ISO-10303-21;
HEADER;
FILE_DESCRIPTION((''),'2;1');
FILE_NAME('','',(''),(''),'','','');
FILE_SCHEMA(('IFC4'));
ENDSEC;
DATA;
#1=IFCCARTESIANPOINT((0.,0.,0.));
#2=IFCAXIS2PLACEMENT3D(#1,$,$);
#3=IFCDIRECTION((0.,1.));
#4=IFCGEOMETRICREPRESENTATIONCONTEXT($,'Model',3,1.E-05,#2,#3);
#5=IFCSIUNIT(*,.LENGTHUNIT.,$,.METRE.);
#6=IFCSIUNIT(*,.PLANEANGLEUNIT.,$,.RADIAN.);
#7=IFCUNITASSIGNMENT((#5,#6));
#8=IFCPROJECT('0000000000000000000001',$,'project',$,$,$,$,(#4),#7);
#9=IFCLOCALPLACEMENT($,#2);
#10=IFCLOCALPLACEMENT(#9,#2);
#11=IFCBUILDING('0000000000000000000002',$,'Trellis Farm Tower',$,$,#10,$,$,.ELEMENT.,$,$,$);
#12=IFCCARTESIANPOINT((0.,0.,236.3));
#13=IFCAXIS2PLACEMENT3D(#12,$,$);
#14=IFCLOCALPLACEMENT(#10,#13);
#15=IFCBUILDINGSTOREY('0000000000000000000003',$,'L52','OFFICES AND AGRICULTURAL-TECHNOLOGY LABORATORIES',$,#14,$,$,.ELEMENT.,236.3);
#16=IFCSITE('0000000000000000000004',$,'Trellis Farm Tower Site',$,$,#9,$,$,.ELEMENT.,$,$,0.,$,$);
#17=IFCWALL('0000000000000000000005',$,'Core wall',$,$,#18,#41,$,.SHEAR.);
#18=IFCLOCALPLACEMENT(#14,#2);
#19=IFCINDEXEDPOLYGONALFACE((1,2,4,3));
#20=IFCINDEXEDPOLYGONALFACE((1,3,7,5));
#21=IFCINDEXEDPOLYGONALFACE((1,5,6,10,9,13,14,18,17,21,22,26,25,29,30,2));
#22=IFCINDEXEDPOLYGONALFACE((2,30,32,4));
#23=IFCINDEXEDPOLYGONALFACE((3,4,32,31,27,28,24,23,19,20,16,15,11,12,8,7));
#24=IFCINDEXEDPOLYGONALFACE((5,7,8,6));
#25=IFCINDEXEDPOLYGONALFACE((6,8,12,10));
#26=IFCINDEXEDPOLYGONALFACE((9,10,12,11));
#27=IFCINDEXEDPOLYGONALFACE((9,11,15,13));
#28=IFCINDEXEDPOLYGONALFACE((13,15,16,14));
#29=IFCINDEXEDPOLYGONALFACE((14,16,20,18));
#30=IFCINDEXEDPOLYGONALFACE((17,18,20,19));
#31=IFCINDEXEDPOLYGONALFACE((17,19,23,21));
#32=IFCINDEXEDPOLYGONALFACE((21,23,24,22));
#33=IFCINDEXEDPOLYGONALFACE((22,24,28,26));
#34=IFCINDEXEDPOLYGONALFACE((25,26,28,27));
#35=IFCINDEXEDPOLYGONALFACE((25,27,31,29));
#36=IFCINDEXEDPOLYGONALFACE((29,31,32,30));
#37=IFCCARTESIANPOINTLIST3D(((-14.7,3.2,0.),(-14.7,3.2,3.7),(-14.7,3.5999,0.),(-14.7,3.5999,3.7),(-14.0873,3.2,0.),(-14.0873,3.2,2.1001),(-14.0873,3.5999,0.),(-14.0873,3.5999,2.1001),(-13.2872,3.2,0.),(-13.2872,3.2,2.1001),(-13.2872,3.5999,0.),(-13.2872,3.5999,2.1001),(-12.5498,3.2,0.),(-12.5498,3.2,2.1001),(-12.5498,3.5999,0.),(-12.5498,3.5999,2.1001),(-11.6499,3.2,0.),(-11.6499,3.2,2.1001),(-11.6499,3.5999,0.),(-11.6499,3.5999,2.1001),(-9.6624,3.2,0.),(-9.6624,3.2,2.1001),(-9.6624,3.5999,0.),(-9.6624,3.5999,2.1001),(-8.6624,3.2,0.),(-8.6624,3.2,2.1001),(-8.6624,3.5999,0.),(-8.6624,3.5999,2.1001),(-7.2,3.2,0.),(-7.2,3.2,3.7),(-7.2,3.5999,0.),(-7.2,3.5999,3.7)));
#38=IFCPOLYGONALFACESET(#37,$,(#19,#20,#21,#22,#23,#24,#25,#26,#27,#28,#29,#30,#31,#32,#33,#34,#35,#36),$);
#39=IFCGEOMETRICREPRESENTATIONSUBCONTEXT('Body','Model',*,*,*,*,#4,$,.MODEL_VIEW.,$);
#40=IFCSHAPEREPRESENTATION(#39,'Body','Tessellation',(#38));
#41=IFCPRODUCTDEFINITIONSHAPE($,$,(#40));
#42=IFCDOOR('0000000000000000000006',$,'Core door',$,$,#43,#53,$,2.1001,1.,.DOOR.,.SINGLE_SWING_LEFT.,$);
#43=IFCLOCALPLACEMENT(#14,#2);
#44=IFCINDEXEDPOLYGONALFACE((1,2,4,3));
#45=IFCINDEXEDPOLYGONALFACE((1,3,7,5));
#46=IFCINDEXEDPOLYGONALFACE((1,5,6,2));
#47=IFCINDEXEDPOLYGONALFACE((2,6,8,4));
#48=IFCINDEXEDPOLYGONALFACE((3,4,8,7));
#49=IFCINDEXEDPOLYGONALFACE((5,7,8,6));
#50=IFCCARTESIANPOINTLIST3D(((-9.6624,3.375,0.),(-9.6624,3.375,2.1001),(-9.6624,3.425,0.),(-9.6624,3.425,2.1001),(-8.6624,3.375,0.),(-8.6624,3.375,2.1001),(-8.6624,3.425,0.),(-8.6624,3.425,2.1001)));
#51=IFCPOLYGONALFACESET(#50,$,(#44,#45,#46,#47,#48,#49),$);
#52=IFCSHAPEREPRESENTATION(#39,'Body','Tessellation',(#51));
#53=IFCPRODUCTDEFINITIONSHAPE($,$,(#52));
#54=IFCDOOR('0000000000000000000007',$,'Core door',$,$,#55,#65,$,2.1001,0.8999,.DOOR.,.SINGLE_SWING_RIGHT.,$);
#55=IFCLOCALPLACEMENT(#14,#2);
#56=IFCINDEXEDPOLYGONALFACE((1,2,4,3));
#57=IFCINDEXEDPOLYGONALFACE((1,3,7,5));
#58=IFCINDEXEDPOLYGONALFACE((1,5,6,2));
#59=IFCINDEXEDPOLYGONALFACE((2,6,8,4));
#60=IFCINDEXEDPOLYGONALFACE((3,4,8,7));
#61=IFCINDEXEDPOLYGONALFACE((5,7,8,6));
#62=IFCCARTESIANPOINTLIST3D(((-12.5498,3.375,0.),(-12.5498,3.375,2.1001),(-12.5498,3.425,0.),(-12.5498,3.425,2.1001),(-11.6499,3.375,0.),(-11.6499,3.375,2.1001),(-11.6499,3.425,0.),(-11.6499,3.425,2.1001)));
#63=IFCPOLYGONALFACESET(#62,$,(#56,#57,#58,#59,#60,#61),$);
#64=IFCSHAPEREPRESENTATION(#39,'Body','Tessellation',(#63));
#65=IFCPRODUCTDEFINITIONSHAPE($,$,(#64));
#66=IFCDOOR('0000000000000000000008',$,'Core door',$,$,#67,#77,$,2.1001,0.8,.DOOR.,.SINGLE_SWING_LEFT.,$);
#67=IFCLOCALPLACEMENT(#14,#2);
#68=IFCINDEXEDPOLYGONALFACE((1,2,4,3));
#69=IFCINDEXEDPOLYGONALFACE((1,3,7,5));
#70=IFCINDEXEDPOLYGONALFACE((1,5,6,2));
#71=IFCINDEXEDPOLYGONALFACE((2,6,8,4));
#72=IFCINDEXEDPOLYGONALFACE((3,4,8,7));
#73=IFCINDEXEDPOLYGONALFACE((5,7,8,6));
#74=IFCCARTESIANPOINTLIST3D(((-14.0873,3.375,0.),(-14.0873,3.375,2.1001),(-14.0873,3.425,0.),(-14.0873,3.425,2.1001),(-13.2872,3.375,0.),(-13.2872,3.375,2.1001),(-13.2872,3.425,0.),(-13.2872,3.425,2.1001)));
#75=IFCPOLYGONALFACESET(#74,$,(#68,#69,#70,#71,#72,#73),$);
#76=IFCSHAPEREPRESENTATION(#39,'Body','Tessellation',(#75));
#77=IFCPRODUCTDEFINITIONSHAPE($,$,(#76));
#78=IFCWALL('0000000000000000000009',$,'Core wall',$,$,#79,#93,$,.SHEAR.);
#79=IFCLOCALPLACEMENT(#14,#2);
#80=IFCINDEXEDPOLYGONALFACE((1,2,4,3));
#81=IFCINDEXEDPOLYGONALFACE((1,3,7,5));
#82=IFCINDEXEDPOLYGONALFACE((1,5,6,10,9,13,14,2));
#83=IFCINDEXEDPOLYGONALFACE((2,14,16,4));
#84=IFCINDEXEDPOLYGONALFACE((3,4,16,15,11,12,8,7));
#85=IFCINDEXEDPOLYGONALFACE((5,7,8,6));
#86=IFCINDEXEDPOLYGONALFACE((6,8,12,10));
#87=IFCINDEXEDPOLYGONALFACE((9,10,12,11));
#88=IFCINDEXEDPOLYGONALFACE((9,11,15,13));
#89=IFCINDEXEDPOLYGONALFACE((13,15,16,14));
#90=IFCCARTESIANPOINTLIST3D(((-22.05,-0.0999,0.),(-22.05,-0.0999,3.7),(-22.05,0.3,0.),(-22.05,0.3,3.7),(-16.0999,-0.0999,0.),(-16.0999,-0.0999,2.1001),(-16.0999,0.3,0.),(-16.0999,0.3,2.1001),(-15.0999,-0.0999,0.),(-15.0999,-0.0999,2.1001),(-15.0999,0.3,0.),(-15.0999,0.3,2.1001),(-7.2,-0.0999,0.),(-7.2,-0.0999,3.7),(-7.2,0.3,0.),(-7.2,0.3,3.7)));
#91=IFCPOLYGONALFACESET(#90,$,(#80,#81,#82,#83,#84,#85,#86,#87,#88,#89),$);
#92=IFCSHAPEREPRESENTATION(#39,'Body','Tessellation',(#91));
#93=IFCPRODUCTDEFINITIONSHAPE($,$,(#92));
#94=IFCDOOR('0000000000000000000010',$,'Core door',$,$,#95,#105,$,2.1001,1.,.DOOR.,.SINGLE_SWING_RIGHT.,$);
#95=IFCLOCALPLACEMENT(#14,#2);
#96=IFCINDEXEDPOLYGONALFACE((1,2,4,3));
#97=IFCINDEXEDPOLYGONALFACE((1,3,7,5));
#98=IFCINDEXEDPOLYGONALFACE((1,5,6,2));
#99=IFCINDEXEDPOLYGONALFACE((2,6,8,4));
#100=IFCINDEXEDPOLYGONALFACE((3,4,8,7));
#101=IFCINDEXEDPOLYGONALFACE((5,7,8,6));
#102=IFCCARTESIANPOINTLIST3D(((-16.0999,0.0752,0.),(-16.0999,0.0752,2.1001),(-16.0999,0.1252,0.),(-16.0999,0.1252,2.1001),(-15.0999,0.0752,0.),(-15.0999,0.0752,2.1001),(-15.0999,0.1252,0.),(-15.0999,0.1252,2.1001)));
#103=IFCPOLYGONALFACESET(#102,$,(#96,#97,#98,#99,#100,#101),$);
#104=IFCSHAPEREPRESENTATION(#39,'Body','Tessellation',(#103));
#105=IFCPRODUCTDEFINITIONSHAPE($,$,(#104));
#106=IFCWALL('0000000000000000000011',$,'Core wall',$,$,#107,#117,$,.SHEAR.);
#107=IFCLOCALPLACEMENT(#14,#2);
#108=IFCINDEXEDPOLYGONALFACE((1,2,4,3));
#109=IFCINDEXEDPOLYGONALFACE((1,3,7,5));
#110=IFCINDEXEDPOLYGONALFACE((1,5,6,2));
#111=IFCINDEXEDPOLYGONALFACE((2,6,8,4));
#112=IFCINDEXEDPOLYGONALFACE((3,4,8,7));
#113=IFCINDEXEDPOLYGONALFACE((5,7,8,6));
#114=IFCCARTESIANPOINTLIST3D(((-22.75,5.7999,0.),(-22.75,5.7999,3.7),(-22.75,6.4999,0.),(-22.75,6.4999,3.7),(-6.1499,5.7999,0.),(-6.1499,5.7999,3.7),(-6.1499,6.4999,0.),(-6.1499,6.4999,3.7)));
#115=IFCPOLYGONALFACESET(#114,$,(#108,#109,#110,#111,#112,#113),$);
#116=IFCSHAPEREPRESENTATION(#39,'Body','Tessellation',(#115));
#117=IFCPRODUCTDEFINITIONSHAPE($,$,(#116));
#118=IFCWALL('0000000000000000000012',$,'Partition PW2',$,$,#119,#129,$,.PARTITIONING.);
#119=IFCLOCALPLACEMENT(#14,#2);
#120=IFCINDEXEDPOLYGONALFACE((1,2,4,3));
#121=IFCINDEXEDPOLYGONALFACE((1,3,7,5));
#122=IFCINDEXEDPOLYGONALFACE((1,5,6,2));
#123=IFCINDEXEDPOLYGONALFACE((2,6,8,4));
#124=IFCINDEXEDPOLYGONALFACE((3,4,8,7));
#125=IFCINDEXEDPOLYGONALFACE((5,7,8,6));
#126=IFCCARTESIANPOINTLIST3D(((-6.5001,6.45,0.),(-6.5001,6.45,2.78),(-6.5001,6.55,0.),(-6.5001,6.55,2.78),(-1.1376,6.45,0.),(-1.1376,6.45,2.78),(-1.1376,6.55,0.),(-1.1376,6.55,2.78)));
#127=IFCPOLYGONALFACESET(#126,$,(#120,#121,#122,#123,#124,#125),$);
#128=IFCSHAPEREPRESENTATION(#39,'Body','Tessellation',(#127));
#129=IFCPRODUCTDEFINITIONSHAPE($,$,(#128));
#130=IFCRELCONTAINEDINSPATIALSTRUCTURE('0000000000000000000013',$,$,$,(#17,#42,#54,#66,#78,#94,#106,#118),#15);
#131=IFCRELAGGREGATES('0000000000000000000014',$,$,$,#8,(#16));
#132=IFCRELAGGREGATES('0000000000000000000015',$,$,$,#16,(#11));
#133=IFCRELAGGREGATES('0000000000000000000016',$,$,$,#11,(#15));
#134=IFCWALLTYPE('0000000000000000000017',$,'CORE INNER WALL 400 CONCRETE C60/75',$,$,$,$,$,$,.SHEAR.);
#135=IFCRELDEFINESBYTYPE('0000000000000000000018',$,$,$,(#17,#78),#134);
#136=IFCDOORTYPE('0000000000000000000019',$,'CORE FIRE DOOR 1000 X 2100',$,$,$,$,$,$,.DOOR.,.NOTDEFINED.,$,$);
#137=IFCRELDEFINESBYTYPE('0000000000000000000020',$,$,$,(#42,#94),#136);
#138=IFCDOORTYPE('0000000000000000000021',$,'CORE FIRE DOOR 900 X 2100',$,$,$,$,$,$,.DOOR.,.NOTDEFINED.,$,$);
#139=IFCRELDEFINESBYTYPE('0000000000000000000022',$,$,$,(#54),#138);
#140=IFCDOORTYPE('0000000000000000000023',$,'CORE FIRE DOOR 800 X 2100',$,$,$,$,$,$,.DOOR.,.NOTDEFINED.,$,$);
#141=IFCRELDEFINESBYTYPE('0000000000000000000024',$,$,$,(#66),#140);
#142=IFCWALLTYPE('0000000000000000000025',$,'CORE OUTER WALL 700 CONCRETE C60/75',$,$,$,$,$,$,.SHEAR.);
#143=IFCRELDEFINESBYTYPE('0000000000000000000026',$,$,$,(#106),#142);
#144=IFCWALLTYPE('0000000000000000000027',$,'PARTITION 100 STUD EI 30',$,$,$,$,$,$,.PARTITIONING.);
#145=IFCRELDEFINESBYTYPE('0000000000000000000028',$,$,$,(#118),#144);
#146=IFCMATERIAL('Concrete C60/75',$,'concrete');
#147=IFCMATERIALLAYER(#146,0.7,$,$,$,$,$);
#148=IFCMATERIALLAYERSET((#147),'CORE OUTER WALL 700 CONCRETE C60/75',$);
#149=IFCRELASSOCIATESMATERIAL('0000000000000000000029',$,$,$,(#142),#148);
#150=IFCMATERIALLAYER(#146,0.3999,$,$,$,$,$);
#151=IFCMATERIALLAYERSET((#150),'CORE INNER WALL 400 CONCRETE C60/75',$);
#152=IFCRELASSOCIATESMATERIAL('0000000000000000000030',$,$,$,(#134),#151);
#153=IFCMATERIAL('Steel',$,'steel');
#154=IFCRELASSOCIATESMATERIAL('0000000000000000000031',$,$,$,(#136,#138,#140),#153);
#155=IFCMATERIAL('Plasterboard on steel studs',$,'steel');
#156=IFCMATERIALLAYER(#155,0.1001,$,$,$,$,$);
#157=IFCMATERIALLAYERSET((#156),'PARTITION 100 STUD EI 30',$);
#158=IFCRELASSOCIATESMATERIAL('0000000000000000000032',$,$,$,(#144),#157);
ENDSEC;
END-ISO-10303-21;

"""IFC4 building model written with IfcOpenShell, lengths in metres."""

from ifc_helpers import new_model, si_unit, direction, frame, frame_2d, origin, place, context, subcontext, project, spatial, rectangle, extrude, source, transform, mapped, material, layer, layer_set, type_object, element, fill, save


model = new_model("IFC4")

# Units and contexts
model_context = context("Model", 3, precision=1e-05, world=origin(), true_north=direction((0.0, 1.0)))
body_context = subcontext(model_context, "Body", "Model", "MODEL_VIEW")
ifc_project = project(units=[si_unit("LENGTHUNIT", "METRE"), si_unit("PLANEANGLEUNIT", "RADIAN")], contexts=[model_context])

# Site, building, storey
site_placement = place(None, origin())
site = spatial("IfcSite", under=ifc_project, at=site_placement, Name="Trellis Farm Tower Site", CompositionType="ELEMENT", RefElevation=0.0)
building_placement = place(site_placement, origin())
building = spatial("IfcBuilding", under=site, at=building_placement, Name="Trellis Farm Tower", CompositionType="ELEMENT")
storey_placement = place(building_placement, frame((0.0, 0.0, 236.3)))
storey = spatial("IfcBuildingStorey", under=building, at=storey_placement, Name="L52", Description="OFFICES AND AGRICULTURAL-TECHNOLOGY LABORATORIES", CompositionType="ELEMENT", Elevation=236.3)

# Shared definitions
ifc_material_1 = material(Name="Concrete C60/75", Category="concrete")

# Shared definitions
ifc_layer_1 = layer(ifc_material_1, 0.7)
ifc_layer_set_1 = layer_set([ifc_layer_1], Name="CORE OUTER WALL 700 CONCRETE C60/75")
wall_type_1 = type_object("IfcWallType", Name="CORE OUTER WALL 700 CONCRETE C60/75", PredefinedType="SHEAR", material=ifc_layer_set_1)
ifc_material_2 = material(Name="Steel", Category="steel")

# Wall, openings, doors
ifc_layer_2 = layer(ifc_material_1, 0.3999)
ifc_layer_set_2 = layer_set([ifc_layer_2], Name="CORE INNER WALL 400 CONCRETE C60/75")
wall_type_2 = type_object("IfcWallType", Name="CORE INNER WALL 400 CONCRETE C60/75", PredefinedType="SHEAR", material=ifc_layer_set_2)
shared_shape_1 = source(origin(), body_context, "Body", "SweptSolid", [
    extrude(rectangle(XDim=7.5, YDim=0.3999, at=frame_2d((3.75, 0.0))), origin(), (0.0, 0.0, 1.0), 3.7),
])
wall_1_placement = place(storey_placement, frame((-7.2, 3.3999, 0.0), z_axis=(0.0, 0.0, 1.0), x_axis=(-1.0, 0.0, 0.0)))
wall_1 = element("IfcWall", 1, at=wall_1_placement, inside=storey, type_object=wall_type_2, Name="Core wall", PredefinedType="SHEAR", context=body_context, shape_type="MappedRepresentation", body=[
    mapped(shared_shape_1, transform((0.0, 0.0, 0.0))),
])
shared_shape_2 = source(origin(), body_context, "Body", "SweptSolid", [
    extrude(rectangle(XDim=1.0, YDim=2.1001, at=frame_2d((0.5, 1.05))), frame((0.0, 0.21, 0.0), z_axis=(0.0, -1.0, 0.0), x_axis=(1.0, 0.0, 0.0)), (0.0, 0.0, 1.0), 0.4199),
])
opening_1_placement = place(wall_1_placement, frame((1.4624, 0.0, 0.0)))
opening_1 = element("IfcOpeningElement", 2, at=opening_1_placement, cuts=wall_1, PredefinedType="OPENING", context=body_context, shape_type="MappedRepresentation", body=[
    mapped(shared_shape_2, transform((0.0, 0.0, 0.0))),
])
shared_shape_3 = source(origin(), body_context, "Body", "SweptSolid", [
    extrude(rectangle(XDim=0.8999, YDim=2.1001, at=frame_2d((0.45, 1.05))), frame((0.0, 0.21, 0.0), z_axis=(0.0, -1.0, 0.0), x_axis=(1.0, 0.0, 0.0)), (0.0, 0.0, 1.0), 0.4199),
])
opening_2_placement = place(wall_1_placement, frame((4.45, 0.0, 0.0)))
opening_2 = element("IfcOpeningElement", 3, at=opening_2_placement, cuts=wall_1, PredefinedType="OPENING", context=body_context, shape_type="MappedRepresentation", body=[
    mapped(shared_shape_3, transform((0.0, 0.0, 0.0))),
])
shared_shape_4 = source(origin(), body_context, "Body", "SweptSolid", [
    extrude(rectangle(XDim=0.8, YDim=2.1001, at=frame_2d((0.3999, 1.05))), frame((0.0, 0.21, 0.0), z_axis=(0.0, -1.0, 0.0), x_axis=(1.0, 0.0, 0.0)), (0.0, 0.0, 1.0), 0.4199),
])
opening_3_placement = place(wall_1_placement, frame((6.0874, 0.0, 0.0)))
opening_3 = element("IfcOpeningElement", 4, at=opening_3_placement, cuts=wall_1, PredefinedType="OPENING", context=body_context, shape_type="MappedRepresentation", body=[
    mapped(shared_shape_4, transform((0.0, 0.0, 0.0))),
])
door_type_1 = type_object("IfcDoorType", Name="CORE FIRE DOOR 1000 X 2100", OperationType="NOTDEFINED", PredefinedType="DOOR", material=ifc_material_2)
shared_shape_5 = source(origin(), body_context, "Body", "SweptSolid", [
    extrude(rectangle(XDim=1.0, YDim=2.1001, at=frame_2d((0.5, 1.05))), frame((0.0, 0.0249, 0.0), z_axis=(0.0, -1.0, 0.0), x_axis=(1.0, 0.0, 0.0)), (0.0, 0.0, 1.0), 0.05),
])
door_1_placement = place(opening_1_placement, origin())
door_1 = element("IfcDoor", 5, at=door_1_placement, inside=storey, type_object=door_type_1, Name="Core door", OperationType="SINGLE_SWING_LEFT", OverallHeight=2.1001, OverallWidth=1.0, PredefinedType="DOOR", context=body_context, shape_type="MappedRepresentation", body=[
    mapped(shared_shape_5, transform((0.0, 0.0, 0.0))),
])
fill(opening_1, door_1)
door_type_2 = type_object("IfcDoorType", Name="CORE FIRE DOOR 900 X 2100", OperationType="NOTDEFINED", PredefinedType="DOOR", material=ifc_material_2)
shared_shape_6 = source(origin(), body_context, "Body", "SweptSolid", [
    extrude(rectangle(XDim=0.8999, YDim=2.1001, at=frame_2d((0.45, 1.05))), frame((0.0, 0.0249, 0.0), z_axis=(0.0, -1.0, 0.0), x_axis=(1.0, 0.0, 0.0)), (0.0, 0.0, 1.0), 0.05),
])
door_2_placement = place(opening_2_placement, origin())
door_2 = element("IfcDoor", 6, at=door_2_placement, inside=storey, type_object=door_type_2, Name="Core door", OperationType="SINGLE_SWING_RIGHT", OverallHeight=2.1001, OverallWidth=0.8999, PredefinedType="DOOR", context=body_context, shape_type="MappedRepresentation", body=[
    mapped(shared_shape_6, transform((0.0, 0.0, 0.0))),
])
fill(opening_2, door_2)
door_type_3 = type_object("IfcDoorType", Name="CORE FIRE DOOR 800 X 2100", OperationType="NOTDEFINED", PredefinedType="DOOR", material=ifc_material_2)
shared_shape_7 = source(origin(), body_context, "Body", "SweptSolid", [
    extrude(rectangle(XDim=0.8, YDim=2.1001, at=frame_2d((0.3999, 1.05))), frame((0.0, 0.0249, 0.0), z_axis=(0.0, -1.0, 0.0), x_axis=(1.0, 0.0, 0.0)), (0.0, 0.0, 1.0), 0.05),
])
door_3_placement = place(opening_3_placement, origin())
door_3 = element("IfcDoor", 7, at=door_3_placement, inside=storey, type_object=door_type_3, Name="Core door", OperationType="SINGLE_SWING_LEFT", OverallHeight=2.1001, OverallWidth=0.8, PredefinedType="DOOR", context=body_context, shape_type="MappedRepresentation", body=[
    mapped(shared_shape_7, transform((0.0, 0.0, 0.0))),
])
fill(opening_3, door_3)

# Wall, opening, door
shared_shape_8 = source(origin(), body_context, "Body", "SweptSolid", [
    extrude(rectangle(XDim=14.8501, YDim=0.3999, at=frame_2d((7.425, 0.0))), origin(), (0.0, 0.0, 1.0), 3.7),
])
wall_2_placement = place(storey_placement, frame((-7.2, 0.1001, 0.0), z_axis=(0.0, 0.0, 1.0), x_axis=(-1.0, 0.0, 0.0)))
wall_2 = element("IfcWall", 8, at=wall_2_placement, inside=storey, type_object=wall_type_2, Name="Core wall", PredefinedType="SHEAR", context=body_context, shape_type="MappedRepresentation", body=[
    mapped(shared_shape_8, transform((0.0, 0.0, 0.0))),
])
opening_4_placement = place(wall_2_placement, frame((7.8999, 0.0, 0.0)))
opening_4 = element("IfcOpeningElement", 9, at=opening_4_placement, cuts=wall_2, PredefinedType="OPENING", context=body_context, shape_type="MappedRepresentation", body=[
    mapped(shared_shape_2, transform((0.0, 0.0, 0.0))),
])
door_4_placement = place(opening_4_placement, origin())
door_4 = element("IfcDoor", 10, at=door_4_placement, inside=storey, type_object=door_type_1, Name="Core door", OperationType="SINGLE_SWING_RIGHT", OverallHeight=2.1001, OverallWidth=1.0, PredefinedType="DOOR", context=body_context, shape_type="MappedRepresentation", body=[
    mapped(shared_shape_5, transform((0.0, 0.0, 0.0))),
])
fill(opening_4, door_4)

# Walls
shared_shape_9 = source(origin(), body_context, "Body", "SweptSolid", [
    extrude(rectangle(XDim=16.6001, YDim=0.7, at=frame_2d((8.3, 0.0))), origin(), (0.0, 0.0, 1.0), 3.7),
])
wall_3_placement = place(storey_placement, frame((-6.1499, 6.1499, 0.0), z_axis=(0.0, 0.0, 1.0), x_axis=(-1.0, 0.0, 0.0)))
element("IfcWall", 11, at=wall_3_placement, inside=storey, type_object=wall_type_1, Name="Core wall", PredefinedType="SHEAR", context=body_context, shape_type="MappedRepresentation", body=[
    mapped(shared_shape_9, transform((0.0, 0.0, 0.0))),
])
ifc_material_3 = material(Name="Plasterboard on steel studs", Category="steel")
ifc_layer_3 = layer(ifc_material_3, 0.1001)
ifc_layer_set_3 = layer_set([ifc_layer_3], Name="PARTITION 100 STUD EI 30")
wall_type_3 = type_object("IfcWallType", Name="PARTITION 100 STUD EI 30", PredefinedType="PARTITIONING", material=ifc_layer_set_3)
shared_shape_10 = source(origin(), body_context, "Body", "SweptSolid", [
    extrude(rectangle(XDim=5.3625, YDim=0.1001, at=frame_2d((2.6812, 0.0))), origin(), (0.0, 0.0, 1.0), 2.78),
])
wall_4_placement = place(storey_placement, frame((-6.5, 6.5, 0.0), z_axis=(0.0, 0.0, 1.0), x_axis=(1.0, 0.0, 0.0)))
element("IfcWall", 12, at=wall_4_placement, inside=storey, type_object=wall_type_3, Name="Partition PW2", PredefinedType="PARTITIONING", context=body_context, shape_type="MappedRepresentation", body=[
    mapped(shared_shape_10, transform((0.0, 0.0, 0.0))),
])

save(model, "model.ifc")
